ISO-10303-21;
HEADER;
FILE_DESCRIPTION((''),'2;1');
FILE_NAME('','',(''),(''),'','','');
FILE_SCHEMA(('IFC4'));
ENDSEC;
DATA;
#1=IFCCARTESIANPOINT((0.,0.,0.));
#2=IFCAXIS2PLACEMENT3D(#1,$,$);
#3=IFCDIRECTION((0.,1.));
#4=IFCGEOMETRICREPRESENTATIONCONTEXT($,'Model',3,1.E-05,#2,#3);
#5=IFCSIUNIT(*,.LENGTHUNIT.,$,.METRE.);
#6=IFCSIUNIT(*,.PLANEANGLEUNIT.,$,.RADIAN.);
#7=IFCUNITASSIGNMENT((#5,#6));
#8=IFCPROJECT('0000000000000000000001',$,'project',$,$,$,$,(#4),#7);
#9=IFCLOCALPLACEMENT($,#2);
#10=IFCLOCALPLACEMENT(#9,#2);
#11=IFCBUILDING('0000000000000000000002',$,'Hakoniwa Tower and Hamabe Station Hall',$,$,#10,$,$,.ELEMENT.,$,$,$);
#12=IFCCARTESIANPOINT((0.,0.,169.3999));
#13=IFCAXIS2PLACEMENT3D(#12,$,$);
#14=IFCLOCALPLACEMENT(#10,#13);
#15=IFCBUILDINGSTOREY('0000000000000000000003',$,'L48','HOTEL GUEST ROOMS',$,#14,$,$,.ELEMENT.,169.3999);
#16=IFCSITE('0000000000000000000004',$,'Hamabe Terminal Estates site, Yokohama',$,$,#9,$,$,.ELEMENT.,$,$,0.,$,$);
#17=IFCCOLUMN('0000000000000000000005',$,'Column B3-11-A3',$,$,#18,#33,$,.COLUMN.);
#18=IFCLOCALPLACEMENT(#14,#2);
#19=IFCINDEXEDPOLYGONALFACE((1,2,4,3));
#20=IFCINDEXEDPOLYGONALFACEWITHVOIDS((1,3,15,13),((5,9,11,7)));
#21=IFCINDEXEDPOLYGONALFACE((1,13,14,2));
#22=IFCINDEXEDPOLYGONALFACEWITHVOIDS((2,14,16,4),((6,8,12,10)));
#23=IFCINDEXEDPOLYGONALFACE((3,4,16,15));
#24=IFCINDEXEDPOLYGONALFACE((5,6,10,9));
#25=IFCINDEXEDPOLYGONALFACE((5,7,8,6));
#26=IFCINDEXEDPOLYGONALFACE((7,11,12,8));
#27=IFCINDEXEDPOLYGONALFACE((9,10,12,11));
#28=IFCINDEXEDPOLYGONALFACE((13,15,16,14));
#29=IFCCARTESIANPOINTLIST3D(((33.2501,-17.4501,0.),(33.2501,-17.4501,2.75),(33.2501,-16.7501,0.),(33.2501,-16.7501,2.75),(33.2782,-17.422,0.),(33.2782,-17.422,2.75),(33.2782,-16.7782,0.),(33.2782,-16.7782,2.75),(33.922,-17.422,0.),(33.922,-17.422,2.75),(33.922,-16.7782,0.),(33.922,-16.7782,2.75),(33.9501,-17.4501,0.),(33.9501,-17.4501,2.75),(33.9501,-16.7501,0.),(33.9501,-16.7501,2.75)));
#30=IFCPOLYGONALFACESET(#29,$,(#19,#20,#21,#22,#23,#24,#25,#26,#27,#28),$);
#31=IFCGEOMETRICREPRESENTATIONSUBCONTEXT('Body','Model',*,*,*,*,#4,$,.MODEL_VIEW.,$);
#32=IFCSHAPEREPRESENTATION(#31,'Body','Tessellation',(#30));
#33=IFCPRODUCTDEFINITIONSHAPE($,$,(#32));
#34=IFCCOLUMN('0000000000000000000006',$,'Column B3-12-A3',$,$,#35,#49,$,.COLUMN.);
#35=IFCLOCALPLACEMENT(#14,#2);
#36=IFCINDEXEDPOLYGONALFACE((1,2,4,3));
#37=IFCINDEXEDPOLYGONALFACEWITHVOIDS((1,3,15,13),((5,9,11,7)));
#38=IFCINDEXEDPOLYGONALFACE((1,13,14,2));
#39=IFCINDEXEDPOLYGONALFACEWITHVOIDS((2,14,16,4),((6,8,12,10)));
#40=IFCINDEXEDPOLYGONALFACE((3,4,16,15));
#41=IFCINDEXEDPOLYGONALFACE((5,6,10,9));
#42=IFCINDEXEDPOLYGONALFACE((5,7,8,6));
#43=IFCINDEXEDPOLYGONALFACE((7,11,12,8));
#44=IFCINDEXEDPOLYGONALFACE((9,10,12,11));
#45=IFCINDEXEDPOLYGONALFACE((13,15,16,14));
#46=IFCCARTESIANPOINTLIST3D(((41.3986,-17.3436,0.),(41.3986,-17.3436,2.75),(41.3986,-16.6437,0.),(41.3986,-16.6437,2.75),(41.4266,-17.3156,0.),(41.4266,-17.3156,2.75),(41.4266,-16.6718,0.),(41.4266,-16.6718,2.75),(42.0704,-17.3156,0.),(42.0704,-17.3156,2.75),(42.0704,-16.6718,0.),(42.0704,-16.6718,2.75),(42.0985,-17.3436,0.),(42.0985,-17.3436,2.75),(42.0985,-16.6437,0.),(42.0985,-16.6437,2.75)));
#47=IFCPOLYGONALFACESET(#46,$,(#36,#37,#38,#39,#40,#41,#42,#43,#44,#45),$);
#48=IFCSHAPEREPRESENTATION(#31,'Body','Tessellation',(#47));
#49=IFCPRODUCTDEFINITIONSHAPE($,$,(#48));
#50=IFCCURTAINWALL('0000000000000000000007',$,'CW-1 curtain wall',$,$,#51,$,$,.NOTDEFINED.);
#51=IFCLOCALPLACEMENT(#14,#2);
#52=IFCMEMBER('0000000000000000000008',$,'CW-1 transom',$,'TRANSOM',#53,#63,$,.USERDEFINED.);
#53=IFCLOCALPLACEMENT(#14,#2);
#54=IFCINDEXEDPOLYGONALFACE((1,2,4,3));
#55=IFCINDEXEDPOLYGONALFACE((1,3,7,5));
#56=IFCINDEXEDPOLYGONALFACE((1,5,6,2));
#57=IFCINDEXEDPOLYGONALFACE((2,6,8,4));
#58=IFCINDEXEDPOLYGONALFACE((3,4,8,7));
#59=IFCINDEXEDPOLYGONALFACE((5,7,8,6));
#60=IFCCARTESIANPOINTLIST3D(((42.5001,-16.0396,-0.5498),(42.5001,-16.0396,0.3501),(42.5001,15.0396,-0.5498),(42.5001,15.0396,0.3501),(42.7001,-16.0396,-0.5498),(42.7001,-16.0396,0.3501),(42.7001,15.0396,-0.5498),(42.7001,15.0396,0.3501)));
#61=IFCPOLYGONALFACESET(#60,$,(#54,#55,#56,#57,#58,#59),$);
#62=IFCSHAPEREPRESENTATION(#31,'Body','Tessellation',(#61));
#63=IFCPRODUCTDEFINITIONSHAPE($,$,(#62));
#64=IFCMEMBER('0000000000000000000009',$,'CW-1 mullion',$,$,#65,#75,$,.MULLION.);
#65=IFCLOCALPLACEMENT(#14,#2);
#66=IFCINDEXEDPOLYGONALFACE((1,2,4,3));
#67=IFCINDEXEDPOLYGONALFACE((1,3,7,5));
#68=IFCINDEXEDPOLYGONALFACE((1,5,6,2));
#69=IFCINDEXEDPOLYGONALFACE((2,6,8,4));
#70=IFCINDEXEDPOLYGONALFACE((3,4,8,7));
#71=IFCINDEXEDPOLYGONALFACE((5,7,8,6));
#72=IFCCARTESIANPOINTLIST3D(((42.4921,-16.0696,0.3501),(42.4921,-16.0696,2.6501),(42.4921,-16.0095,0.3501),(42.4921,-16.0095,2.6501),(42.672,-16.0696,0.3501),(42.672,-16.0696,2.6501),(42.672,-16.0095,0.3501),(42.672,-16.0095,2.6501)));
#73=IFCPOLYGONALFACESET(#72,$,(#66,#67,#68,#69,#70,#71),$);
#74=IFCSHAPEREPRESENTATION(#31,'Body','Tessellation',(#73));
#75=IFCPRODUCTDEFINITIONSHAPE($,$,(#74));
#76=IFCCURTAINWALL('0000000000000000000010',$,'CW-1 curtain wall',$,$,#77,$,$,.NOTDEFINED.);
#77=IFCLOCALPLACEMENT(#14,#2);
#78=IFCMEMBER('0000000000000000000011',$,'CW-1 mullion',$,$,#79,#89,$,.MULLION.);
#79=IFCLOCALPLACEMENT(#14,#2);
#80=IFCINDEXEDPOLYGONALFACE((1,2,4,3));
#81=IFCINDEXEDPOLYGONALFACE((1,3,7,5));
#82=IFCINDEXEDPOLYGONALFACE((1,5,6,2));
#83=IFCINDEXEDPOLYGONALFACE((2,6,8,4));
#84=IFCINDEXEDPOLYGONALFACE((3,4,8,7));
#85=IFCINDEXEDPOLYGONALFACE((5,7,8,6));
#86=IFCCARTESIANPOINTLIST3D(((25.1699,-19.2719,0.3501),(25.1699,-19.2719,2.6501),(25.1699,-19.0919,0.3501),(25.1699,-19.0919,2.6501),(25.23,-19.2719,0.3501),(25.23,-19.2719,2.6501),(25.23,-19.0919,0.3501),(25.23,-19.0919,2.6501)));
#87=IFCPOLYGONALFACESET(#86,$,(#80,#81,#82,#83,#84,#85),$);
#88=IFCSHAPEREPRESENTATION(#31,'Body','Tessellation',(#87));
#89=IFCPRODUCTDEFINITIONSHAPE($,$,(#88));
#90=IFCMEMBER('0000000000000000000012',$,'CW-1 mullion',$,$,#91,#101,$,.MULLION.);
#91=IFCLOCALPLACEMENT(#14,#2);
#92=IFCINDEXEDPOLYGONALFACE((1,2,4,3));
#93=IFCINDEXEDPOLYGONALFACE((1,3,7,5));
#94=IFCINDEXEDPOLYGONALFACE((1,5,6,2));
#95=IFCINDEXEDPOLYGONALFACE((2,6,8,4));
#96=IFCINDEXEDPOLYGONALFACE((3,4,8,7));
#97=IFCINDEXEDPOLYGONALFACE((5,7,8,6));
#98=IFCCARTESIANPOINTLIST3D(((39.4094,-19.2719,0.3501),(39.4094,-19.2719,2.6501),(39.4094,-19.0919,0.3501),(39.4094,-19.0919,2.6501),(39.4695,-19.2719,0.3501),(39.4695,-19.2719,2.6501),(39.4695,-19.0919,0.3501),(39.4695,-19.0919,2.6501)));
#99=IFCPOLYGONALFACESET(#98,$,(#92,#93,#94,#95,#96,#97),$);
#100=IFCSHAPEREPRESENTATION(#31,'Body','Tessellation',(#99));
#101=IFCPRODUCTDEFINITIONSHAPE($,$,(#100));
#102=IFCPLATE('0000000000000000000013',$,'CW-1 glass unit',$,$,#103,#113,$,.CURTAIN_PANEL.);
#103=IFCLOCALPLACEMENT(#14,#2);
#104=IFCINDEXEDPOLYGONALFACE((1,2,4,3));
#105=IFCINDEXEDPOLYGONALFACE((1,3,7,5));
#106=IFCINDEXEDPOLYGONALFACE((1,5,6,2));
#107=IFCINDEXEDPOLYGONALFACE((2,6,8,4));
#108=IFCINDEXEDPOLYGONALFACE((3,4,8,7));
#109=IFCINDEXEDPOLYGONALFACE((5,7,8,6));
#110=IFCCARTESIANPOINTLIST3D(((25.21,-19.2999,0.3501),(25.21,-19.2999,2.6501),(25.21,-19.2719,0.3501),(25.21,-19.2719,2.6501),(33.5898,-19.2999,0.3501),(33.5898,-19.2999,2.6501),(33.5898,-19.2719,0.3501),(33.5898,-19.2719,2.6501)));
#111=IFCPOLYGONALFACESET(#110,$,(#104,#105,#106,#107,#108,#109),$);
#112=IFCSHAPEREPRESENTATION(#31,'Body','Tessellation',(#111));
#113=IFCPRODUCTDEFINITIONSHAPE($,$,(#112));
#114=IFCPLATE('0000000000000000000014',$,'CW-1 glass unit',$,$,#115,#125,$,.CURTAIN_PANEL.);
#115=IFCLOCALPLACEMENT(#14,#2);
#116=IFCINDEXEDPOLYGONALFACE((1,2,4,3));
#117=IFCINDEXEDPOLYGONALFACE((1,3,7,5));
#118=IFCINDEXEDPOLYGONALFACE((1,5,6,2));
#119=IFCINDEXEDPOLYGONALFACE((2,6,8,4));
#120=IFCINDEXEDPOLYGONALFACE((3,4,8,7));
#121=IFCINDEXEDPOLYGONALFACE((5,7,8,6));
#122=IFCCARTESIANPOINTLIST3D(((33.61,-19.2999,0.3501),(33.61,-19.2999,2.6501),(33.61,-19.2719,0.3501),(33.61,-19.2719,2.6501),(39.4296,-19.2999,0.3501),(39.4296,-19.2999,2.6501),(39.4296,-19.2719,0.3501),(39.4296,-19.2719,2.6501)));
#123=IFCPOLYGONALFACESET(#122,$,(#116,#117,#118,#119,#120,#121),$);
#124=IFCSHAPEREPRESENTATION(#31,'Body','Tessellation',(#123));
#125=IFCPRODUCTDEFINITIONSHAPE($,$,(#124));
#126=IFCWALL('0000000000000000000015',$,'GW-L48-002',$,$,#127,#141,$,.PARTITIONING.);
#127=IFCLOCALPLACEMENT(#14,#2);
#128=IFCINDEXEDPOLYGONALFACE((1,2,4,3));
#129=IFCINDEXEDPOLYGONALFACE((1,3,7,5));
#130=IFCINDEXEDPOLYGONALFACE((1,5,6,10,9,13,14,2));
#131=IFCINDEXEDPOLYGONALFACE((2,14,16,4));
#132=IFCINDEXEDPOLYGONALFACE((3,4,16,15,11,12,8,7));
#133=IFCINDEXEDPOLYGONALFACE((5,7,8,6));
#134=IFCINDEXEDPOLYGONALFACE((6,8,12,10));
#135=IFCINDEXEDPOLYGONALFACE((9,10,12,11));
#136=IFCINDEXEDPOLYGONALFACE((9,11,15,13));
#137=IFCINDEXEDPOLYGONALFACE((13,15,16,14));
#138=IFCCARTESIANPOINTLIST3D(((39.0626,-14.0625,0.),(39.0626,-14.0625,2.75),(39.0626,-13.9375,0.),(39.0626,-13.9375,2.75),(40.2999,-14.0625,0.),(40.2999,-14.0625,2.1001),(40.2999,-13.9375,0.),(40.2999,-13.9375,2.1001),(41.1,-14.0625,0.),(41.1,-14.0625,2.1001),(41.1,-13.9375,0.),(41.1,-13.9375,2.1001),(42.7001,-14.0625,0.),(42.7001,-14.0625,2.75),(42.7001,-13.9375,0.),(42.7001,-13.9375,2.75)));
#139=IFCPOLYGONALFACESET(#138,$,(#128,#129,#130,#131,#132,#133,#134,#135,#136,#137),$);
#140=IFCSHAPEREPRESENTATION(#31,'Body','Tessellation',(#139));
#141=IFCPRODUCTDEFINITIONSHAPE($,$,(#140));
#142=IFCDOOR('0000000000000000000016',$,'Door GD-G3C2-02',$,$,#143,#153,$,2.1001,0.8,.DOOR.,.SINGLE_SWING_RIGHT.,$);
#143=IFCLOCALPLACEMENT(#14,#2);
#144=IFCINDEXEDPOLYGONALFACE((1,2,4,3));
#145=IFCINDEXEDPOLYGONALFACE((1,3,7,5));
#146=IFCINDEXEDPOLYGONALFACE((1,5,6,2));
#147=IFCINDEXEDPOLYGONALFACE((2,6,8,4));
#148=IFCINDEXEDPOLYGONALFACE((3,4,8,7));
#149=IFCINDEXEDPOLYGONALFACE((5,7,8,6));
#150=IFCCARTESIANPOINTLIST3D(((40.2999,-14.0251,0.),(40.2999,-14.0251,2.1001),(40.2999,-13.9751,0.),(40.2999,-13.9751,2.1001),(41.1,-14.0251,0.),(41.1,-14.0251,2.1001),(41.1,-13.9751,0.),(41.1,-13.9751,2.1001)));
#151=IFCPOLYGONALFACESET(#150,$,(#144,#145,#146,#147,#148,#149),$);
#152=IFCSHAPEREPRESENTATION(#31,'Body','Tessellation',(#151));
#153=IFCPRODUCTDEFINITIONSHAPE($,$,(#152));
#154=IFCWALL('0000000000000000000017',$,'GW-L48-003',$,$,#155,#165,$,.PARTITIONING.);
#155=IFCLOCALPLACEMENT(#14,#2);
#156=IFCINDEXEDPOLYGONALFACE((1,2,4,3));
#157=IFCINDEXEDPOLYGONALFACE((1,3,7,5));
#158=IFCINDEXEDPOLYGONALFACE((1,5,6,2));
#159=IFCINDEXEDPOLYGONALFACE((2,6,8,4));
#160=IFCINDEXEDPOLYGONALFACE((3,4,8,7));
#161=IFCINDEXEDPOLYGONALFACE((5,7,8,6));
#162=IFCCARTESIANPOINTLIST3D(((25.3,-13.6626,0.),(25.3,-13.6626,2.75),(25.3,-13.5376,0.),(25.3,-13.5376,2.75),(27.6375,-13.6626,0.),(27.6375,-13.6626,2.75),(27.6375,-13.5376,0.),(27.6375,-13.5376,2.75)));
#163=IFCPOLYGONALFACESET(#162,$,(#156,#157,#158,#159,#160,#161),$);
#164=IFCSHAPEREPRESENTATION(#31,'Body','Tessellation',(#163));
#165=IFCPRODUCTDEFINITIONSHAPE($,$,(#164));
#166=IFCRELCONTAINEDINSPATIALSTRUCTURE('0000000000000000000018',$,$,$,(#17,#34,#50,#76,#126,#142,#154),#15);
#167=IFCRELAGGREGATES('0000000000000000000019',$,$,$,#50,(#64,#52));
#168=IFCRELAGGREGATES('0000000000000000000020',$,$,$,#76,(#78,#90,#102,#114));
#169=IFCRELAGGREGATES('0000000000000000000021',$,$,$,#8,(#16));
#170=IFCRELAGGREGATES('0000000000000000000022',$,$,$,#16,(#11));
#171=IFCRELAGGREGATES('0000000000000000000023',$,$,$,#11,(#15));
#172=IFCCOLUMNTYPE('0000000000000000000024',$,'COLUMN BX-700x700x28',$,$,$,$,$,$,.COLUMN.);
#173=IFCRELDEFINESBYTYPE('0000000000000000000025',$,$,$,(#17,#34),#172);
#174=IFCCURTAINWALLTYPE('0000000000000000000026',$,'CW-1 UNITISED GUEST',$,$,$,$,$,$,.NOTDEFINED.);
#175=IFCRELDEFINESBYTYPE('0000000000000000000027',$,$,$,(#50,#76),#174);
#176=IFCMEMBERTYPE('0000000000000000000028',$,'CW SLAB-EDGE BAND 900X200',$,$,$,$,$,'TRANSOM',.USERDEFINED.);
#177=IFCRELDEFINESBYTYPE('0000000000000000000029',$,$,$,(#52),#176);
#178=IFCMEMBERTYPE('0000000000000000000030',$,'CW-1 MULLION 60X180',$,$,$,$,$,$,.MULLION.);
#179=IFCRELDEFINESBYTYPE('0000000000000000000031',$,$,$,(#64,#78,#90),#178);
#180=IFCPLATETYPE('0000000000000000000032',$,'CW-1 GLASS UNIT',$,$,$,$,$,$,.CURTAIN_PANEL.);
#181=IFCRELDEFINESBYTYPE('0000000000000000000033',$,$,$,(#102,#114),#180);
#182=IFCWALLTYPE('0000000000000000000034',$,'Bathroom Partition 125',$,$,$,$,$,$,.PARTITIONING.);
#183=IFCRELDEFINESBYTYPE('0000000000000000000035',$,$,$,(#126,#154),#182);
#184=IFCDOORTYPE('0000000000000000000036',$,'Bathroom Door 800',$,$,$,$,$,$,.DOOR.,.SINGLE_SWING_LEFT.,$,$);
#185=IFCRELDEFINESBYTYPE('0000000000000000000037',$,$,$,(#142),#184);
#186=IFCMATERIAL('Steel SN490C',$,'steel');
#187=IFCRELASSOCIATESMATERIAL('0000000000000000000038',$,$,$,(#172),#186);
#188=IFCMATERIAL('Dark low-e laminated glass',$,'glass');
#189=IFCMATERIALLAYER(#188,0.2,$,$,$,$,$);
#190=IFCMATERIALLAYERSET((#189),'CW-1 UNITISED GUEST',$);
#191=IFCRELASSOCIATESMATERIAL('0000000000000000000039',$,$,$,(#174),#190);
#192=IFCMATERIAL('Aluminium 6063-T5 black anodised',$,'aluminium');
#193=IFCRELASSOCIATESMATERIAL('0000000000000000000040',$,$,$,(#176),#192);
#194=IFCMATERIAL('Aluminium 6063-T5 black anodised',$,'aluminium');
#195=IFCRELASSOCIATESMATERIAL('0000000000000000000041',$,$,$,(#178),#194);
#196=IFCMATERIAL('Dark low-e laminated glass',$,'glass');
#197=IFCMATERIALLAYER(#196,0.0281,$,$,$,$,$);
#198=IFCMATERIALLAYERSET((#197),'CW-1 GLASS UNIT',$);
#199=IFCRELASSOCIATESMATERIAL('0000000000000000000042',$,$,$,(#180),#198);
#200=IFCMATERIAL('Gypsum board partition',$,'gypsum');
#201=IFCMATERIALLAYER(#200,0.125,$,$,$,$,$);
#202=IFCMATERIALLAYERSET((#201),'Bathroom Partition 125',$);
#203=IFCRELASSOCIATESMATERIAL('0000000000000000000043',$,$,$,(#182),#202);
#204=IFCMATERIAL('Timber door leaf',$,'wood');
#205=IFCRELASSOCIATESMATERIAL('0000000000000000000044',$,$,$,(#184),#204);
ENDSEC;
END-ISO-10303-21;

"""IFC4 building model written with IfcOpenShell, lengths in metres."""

from ifc_helpers import new_model, si_unit, direction, frame, frame_2d, origin, origin_2d, place, context, subcontext, project, spatial, rectangle, hollow_rectangle, extrude, material, layer, layer_set, material_profile, profile_set, type_object, element, fill, aggregate, save


model = new_model("IFC4")

# Units and contexts
model_context = context("Model", 3, precision=1e-05, world=origin(), true_north=direction((0.0, 1.0)))
body_context = subcontext(model_context, "Body", "Model", "MODEL_VIEW")
ifc_project = project(units=[si_unit("LENGTHUNIT", "METRE"), si_unit("PLANEANGLEUNIT", "RADIAN")], contexts=[model_context])

# Site, building, storey
site_placement = place(None, origin())
site = spatial("IfcSite", under=ifc_project, at=site_placement, Name="Hamabe Terminal Estates site, Yokohama", CompositionType="ELEMENT", RefElevation=0.0)
building_placement = place(site_placement, origin())
building = spatial("IfcBuilding", under=site, at=building_placement, Name="Hakoniwa Tower and Hamabe Station Hall", CompositionType="ELEMENT")
storey_placement = place(building_placement, frame((0.0, 0.0, 169.3999)))
storey = spatial("IfcBuildingStorey", under=building, at=storey_placement, Name="L48", Description="HOTEL GUEST ROOMS", CompositionType="ELEMENT", Elevation=169.3999)

# Columns
ifc_material_1 = material(Name="Steel SN490C", Category="steel")
ifc_material_profile_1 = material_profile(ifc_material_1, hollow_rectangle(XDim=0.7, YDim=0.7, WallThickness=0.0281, at=origin_2d()), Name="BX-700x700x28")
ifc_profile_set_1 = profile_set([ifc_material_profile_1], Name="Steel SN490C")
column_type = type_object("IfcColumnType", Name="COLUMN BX-700x700x28", PredefinedType="COLUMN", material=ifc_profile_set_1)
for number, where, z_axis, x_axis, name in (
    (1, (33.6001, -17.1001, 0.0), (0.0, 0.0, 1.0), (1.0, 0.0, 0.0), "Column B3-11-A3"),
    (2, (41.7485, -16.9937, 0.0), (0.0, 0.0, 1.0), (1.0, 0.0, 0.0), "Column B3-12-A3"),
):
    element("IfcColumn", number, at=place(storey_placement, frame(where, z_axis=z_axis, x_axis=x_axis)), inside=storey, type_object=column_type, Name=name, PredefinedType="COLUMN", context=body_context, shape_type="SweptSolid", body=[
        extrude(hollow_rectangle(XDim=0.7, YDim=0.7, WallThickness=0.0281, at=origin_2d()), origin(), (0.0, 0.0, 1.0), 2.75),
    ])

# Curtain wall, members
ifc_material_2 = material(Name="Dark low-e laminated glass", Category="glass")
ifc_layer_1 = layer(ifc_material_2, 0.2)
ifc_layer_set_1 = layer_set([ifc_layer_1], Name="CW-1 UNITISED GUEST")
curtain_wall_type = type_object("IfcCurtainWallType", Name="CW-1 UNITISED GUEST", PredefinedType="NOTDEFINED", material=ifc_layer_set_1)
curtain_wall_1_placement = place(storey_placement, origin())
curtain_wall_1 = element("IfcCurtainWall", 3, at=curtain_wall_1_placement, inside=storey, type_object=curtain_wall_type, Name="CW-1 curtain wall", PredefinedType="NOTDEFINED")
ifc_material_3 = material(Name="Aluminium 6063-T5 black anodised", Category="aluminium")
ifc_material_profile_2 = material_profile(ifc_material_3, rectangle(XDim=0.2, YDim=0.8999, at=origin_2d()), Name="CW SLAB-EDGE BAND 900X200")
ifc_profile_set_2 = profile_set([ifc_material_profile_2], Name="Aluminium 6063-T5 black anodised")
member_type_1 = type_object("IfcMemberType", Name="CW SLAB-EDGE BAND 900X200", ElementType="TRANSOM", PredefinedType="USERDEFINED", material=ifc_profile_set_2)
member_1_placement = place(storey_placement, frame((42.6001, -16.0396, -0.0999), z_axis=(0.0, 1.0, 0.0), x_axis=(-1.0, 0.0, 0.0)))
member_1 = element("IfcMember", 4, at=member_1_placement, type_object=member_type_1, Name="CW-1 transom", ObjectType="TRANSOM", PredefinedType="USERDEFINED", context=body_context, shape_type="SweptSolid", body=[
    extrude(rectangle(XDim=0.2, YDim=0.8999, at=origin_2d()), origin(), (0.0, 0.0, 1.0), 31.0791),
])
ifc_material_4 = material(Name="Aluminium 6063-T5 black anodised", Category="aluminium")
ifc_material_profile_3 = material_profile(ifc_material_4, rectangle(XDim=0.0601, YDim=0.1799, at=origin_2d()), Name="CW-1 MULLION 60X180")
ifc_profile_set_3 = profile_set([ifc_material_profile_3], Name="Aluminium 6063-T5 black anodised")
member_type_2 = type_object("IfcMemberType", Name="CW-1 MULLION 60X180", PredefinedType="MULLION", material=ifc_profile_set_3)
member_2_placement = place(storey_placement, frame((42.582, -16.0396, 0.3501), z_axis=(0.0, 0.0, 1.0), x_axis=(0.0, 1.0, 0.0)))
member_2 = element("IfcMember", 5, at=member_2_placement, type_object=member_type_2, Name="CW-1 mullion", PredefinedType="MULLION", context=body_context, shape_type="SweptSolid", body=[
    extrude(rectangle(XDim=0.0601, YDim=0.1799, at=origin_2d()), origin(), (0.0, 0.0, 1.0), 2.3),
])
aggregate(curtain_wall_1, [member_2, member_1])

# Curtain wall, members, plates
curtain_wall_2_placement = place(storey_placement, origin())
curtain_wall_2 = element("IfcCurtainWall", 6, at=curtain_wall_2_placement, inside=storey, type_object=curtain_wall_type, Name="CW-1 curtain wall", PredefinedType="NOTDEFINED")
member_3_placement = place(storey_placement, frame((25.2, -19.1819, 0.3501), z_axis=(0.0, 0.0, 1.0), x_axis=(1.0, 0.0, 0.0)))
member_3 = element("IfcMember", 7, at=member_3_placement, type_object=member_type_2, Name="CW-1 mullion", PredefinedType="MULLION", context=body_context, shape_type="SweptSolid", body=[
    extrude(rectangle(XDim=0.0601, YDim=0.1799, at=origin_2d()), origin(), (0.0, 0.0, 1.0), 2.3),
])
member_4_placement = place(storey_placement, frame((39.4395, -19.1819, 0.3501), z_axis=(0.0, 0.0, 1.0), x_axis=(1.0, 0.0, 0.0)))
member_4 = element("IfcMember", 8, at=member_4_placement, type_object=member_type_2, Name="CW-1 mullion", PredefinedType="MULLION", context=body_context, shape_type="SweptSolid", body=[
    extrude(rectangle(XDim=0.0601, YDim=0.1799, at=origin_2d()), origin(), (0.0, 0.0, 1.0), 2.3),
])
ifc_material_5 = material(Name="Dark low-e laminated glass", Category="glass")
ifc_layer_2 = layer(ifc_material_5, 0.0281)
ifc_layer_set_2 = layer_set([ifc_layer_2], Name="CW-1 GLASS UNIT")
plate_type = type_object("IfcPlateType", Name="CW-1 GLASS UNIT", PredefinedType="CURTAIN_PANEL", material=ifc_layer_set_2)
plate_1_placement = place(storey_placement, frame((29.3999, -19.2859, 0.3501), z_axis=(0.0, 0.0, 1.0), x_axis=(1.0, 0.0, 0.0)))
plate_1 = element("IfcPlate", 9, at=plate_1_placement, type_object=plate_type, Name="CW-1 glass unit", PredefinedType="CURTAIN_PANEL", context=body_context, shape_type="SweptSolid", body=[
    extrude(rectangle(XDim=8.3799, YDim=0.0281, at=origin_2d()), origin(), (0.0, 0.0, 1.0), 2.3),
])
plate_2_placement = place(storey_placement, frame((36.5198, -19.2859, 0.3501), z_axis=(0.0, 0.0, 1.0), x_axis=(1.0, 0.0, 0.0)))
plate_2 = element("IfcPlate", 10, at=plate_2_placement, type_object=plate_type, Name="CW-1 glass unit", PredefinedType="CURTAIN_PANEL", context=body_context, shape_type="SweptSolid", body=[
    extrude(rectangle(XDim=5.8196, YDim=0.0281, at=origin_2d()), origin(), (0.0, 0.0, 1.0), 2.3),
])
aggregate(curtain_wall_2, [member_3, member_4, plate_1, plate_2])

# Wall, opening, door
ifc_material_6 = material(Name="Gypsum board partition", Category="gypsum")
ifc_layer_3 = layer(ifc_material_6, 0.125)
ifc_layer_set_3 = layer_set([ifc_layer_3], Name="Bathroom Partition 125")
wall_type_1 = type_object("IfcWallType", Name="Bathroom Partition 125", PredefinedType="PARTITIONING", material=ifc_layer_set_3)
wall_1_placement = place(storey_placement, frame((39.0625, -14.0, 0.0), z_axis=(0.0, 0.0, 1.0), x_axis=(1.0, 0.0, 0.0)))
wall_1 = element("IfcWall", 11, at=wall_1_placement, inside=storey, type_object=wall_type_1, Name="GW-L48-002", PredefinedType="PARTITIONING", context=body_context, shape_type="SweptSolid", body=[
    extrude(rectangle(XDim=3.6375, YDim=0.125, at=frame_2d((1.8188, 0.0))), origin(), (0.0, 0.0, 1.0), 2.75),
])
opening_1_placement = place(wall_1_placement, frame((1.2375, 0.0, 0.0)))
opening_1 = element("IfcOpeningElement", 12, at=opening_1_placement, cuts=wall_1, PredefinedType="OPENING", context=body_context, shape_type="SweptSolid", body=[
    extrude(rectangle(XDim=0.8, YDim=2.1001, at=frame_2d((0.3999, 1.05))), frame((0.0, 0.0725, 0.0), z_axis=(0.0, -1.0, 0.0), x_axis=(1.0, 0.0, 0.0)), (0.0, 0.0, 1.0), 0.145),
])
ifc_material_7 = material(Name="Timber door leaf", Category="wood")
door_type = type_object("IfcDoorType", Name="Bathroom Door 800", OperationType="SINGLE_SWING_LEFT", PredefinedType="DOOR", material=ifc_material_7)
door_1_placement = place(opening_1_placement, origin())
door_1 = element("IfcDoor", 13, at=door_1_placement, inside=storey, type_object=door_type, Name="Door GD-G3C2-02", OperationType="SINGLE_SWING_RIGHT", OverallHeight=2.1001, OverallWidth=0.8, PredefinedType="DOOR", context=body_context, shape_type="SweptSolid", body=[
    extrude(rectangle(XDim=0.8, YDim=2.1001, at=frame_2d((0.3999, 1.05))), frame((0.0, 0.0249, 0.0), z_axis=(0.0, -1.0, 0.0), x_axis=(1.0, 0.0, 0.0)), (0.0, 0.0, 1.0), 0.05),
])
fill(opening_1, door_1)

# Wall
wall_2_placement = place(storey_placement, frame((25.3, -13.6001, 0.0), z_axis=(0.0, 0.0, 1.0), x_axis=(1.0, 0.0, 0.0)))
element("IfcWall", 14, at=wall_2_placement, inside=storey, type_object=wall_type_1, Name="GW-L48-003", PredefinedType="PARTITIONING", context=body_context, shape_type="SweptSolid", body=[
    extrude(rectangle(XDim=2.3374, YDim=0.125, at=frame_2d((1.1687, 0.0))), origin(), (0.0, 0.0, 1.0), 2.75),
])

save(model, "model.ifc")
